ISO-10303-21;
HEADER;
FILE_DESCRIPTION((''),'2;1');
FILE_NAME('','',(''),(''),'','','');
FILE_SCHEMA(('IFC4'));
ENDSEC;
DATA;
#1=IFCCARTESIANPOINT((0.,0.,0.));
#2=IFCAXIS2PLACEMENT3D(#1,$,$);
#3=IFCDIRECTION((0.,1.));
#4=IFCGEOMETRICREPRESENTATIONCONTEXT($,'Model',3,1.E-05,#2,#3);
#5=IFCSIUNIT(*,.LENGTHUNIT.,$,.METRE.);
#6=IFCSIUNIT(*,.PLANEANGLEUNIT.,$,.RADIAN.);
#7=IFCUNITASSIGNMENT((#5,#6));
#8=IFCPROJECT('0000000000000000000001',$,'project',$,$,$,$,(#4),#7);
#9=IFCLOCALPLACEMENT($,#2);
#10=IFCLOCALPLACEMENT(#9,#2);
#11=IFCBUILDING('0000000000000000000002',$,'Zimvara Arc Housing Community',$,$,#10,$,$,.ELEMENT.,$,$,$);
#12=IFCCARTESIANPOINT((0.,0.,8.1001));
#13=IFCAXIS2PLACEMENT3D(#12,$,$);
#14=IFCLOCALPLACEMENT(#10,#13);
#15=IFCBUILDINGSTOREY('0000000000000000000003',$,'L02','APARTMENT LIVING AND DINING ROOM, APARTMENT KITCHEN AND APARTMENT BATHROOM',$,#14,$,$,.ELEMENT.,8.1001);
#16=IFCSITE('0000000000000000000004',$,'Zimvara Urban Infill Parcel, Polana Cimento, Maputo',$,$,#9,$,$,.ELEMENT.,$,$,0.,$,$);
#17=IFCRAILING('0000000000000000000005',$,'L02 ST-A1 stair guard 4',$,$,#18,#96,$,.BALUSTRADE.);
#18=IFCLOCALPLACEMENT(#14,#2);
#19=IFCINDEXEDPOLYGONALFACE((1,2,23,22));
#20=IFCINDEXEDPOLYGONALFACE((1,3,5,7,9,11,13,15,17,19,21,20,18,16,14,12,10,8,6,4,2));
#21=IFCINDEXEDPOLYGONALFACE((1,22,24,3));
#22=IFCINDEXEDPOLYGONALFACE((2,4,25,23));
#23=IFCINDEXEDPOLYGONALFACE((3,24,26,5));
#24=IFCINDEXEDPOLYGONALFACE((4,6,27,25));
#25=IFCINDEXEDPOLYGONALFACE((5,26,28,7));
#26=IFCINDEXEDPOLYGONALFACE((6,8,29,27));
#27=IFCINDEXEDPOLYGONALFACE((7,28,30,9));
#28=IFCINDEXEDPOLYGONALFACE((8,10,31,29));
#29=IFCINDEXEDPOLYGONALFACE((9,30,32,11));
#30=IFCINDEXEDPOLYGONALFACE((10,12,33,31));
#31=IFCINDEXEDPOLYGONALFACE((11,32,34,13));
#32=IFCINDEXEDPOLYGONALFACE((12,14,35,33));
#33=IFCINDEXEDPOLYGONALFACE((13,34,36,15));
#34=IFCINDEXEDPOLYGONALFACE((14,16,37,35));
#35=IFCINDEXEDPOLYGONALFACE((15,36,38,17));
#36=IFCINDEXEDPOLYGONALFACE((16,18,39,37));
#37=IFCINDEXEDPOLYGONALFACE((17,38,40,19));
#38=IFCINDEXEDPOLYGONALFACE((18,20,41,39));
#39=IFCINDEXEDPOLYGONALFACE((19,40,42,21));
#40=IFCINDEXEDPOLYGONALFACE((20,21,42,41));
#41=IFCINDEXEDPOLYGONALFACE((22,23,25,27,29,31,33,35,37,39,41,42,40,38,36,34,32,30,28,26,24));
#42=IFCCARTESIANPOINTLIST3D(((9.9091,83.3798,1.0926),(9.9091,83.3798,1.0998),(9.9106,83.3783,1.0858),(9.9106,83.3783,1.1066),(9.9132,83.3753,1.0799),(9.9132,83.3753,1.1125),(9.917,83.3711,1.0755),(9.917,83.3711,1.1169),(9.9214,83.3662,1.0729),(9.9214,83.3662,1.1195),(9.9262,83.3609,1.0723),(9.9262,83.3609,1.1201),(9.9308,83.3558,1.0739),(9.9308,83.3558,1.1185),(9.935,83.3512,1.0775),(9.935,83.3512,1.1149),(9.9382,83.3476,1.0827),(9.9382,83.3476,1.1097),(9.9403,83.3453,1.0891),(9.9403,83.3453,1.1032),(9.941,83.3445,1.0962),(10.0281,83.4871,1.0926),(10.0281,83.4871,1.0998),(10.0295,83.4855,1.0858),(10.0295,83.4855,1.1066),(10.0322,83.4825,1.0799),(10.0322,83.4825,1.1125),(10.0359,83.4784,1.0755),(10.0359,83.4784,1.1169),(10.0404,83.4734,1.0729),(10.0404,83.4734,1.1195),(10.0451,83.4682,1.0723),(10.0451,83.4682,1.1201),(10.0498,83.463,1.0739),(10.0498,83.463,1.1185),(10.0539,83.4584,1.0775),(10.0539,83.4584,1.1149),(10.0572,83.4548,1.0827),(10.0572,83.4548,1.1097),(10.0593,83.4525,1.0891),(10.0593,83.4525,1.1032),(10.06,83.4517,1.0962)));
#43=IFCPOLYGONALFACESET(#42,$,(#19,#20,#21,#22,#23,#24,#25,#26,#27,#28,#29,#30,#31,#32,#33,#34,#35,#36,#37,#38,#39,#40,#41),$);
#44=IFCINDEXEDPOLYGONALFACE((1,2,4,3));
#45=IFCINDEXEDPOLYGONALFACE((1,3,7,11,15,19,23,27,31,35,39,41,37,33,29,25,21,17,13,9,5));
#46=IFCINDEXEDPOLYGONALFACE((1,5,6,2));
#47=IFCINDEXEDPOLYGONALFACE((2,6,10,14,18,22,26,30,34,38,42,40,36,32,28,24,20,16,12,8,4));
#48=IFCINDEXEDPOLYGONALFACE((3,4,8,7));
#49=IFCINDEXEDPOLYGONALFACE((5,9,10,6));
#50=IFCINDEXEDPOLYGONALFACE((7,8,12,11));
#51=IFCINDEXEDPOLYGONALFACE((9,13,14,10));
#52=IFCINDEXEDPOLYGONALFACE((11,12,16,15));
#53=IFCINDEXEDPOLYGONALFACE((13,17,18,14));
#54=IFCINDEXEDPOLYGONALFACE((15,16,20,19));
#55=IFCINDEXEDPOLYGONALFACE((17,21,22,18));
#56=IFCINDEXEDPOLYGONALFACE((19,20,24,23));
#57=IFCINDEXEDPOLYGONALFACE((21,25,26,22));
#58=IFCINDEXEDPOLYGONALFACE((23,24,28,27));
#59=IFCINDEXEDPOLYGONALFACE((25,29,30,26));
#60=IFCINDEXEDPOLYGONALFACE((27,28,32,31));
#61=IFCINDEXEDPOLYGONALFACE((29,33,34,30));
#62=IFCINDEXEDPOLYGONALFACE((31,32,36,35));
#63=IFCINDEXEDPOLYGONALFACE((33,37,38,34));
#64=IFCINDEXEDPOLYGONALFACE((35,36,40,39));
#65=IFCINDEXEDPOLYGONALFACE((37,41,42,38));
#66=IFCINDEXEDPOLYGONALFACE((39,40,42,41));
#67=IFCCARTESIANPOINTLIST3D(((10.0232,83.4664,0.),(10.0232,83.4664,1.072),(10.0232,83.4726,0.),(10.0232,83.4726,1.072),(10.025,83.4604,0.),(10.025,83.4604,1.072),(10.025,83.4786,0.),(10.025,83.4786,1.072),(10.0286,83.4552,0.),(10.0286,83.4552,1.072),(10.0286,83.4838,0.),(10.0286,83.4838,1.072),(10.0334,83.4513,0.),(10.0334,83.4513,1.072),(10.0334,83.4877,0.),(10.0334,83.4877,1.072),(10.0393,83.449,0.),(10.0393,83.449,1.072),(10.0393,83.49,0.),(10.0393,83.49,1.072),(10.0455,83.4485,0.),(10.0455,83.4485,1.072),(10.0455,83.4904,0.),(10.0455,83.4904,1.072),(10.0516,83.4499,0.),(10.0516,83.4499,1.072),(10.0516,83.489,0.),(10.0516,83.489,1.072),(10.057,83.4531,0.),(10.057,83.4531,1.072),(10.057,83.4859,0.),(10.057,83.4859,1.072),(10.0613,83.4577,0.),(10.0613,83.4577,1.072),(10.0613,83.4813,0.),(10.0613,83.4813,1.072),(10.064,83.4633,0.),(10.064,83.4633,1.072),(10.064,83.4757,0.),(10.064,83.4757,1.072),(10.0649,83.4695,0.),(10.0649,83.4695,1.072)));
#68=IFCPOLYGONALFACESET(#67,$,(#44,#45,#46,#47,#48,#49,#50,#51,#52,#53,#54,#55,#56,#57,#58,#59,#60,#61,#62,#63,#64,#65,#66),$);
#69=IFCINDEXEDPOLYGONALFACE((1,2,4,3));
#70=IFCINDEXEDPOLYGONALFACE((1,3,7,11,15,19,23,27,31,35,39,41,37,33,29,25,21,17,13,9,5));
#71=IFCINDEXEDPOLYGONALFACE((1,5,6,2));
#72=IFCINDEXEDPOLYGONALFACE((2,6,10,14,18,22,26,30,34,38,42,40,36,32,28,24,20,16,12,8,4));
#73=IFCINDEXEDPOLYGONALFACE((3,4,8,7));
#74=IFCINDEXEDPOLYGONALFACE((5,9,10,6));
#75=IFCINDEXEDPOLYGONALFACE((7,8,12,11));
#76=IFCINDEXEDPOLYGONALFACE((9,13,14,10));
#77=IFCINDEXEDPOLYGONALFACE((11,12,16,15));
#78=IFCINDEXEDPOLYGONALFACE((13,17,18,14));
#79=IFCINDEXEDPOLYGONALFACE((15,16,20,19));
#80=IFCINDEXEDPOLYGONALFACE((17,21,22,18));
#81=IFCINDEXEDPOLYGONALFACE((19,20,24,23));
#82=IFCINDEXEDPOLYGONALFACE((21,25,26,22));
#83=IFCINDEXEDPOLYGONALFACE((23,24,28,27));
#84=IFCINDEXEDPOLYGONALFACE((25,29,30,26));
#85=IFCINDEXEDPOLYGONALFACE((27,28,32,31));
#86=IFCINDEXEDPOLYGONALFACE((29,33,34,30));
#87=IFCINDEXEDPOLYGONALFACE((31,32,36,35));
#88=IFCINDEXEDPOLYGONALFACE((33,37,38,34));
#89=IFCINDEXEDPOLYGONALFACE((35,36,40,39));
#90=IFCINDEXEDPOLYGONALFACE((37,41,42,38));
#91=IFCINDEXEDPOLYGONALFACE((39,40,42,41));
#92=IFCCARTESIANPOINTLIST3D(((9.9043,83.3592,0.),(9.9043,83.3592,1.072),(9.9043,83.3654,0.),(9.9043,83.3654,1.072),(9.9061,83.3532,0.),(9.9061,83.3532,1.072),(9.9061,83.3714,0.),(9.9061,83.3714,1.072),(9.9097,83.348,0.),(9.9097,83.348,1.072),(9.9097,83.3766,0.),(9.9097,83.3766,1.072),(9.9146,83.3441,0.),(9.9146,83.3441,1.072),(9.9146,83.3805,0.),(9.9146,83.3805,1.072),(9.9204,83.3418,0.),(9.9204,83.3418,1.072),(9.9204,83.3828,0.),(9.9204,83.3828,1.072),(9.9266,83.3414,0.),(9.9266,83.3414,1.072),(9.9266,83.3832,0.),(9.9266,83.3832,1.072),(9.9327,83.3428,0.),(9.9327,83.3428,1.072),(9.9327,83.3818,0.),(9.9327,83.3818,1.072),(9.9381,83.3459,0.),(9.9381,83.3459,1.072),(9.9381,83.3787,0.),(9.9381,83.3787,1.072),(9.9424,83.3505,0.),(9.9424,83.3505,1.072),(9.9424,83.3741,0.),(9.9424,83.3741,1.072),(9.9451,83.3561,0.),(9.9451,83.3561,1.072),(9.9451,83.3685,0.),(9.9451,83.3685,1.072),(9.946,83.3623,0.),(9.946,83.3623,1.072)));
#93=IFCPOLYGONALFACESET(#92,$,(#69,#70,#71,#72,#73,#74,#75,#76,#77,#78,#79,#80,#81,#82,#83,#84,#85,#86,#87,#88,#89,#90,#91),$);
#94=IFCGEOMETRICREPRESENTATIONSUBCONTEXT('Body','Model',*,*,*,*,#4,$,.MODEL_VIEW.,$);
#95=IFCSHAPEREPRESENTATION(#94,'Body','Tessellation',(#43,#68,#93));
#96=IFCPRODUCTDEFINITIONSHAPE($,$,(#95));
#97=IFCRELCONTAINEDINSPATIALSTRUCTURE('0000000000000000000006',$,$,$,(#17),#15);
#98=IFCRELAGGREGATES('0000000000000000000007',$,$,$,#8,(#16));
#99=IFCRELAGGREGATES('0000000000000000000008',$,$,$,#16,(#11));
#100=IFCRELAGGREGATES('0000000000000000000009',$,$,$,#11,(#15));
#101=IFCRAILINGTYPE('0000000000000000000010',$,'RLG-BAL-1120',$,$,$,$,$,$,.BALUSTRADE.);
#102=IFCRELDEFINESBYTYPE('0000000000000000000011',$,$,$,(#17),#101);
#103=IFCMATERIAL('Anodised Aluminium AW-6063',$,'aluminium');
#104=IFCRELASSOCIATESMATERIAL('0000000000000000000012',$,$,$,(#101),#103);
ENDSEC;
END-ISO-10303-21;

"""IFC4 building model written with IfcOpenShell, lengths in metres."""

from ifc_helpers import new_model, si_unit, direction, frame, origin, origin_2d, place, context, subcontext, project, spatial, circle, extrude, material, type_object, element, save


model = new_model("IFC4")

# Units and contexts
model_context = context("Model", 3, precision=1e-05, world=origin(), true_north=direction((0.0, 1.0)))
body_context = subcontext(model_context, "Body", "Model", "MODEL_VIEW")
ifc_project = project(units=[si_unit("LENGTHUNIT", "METRE"), si_unit("PLANEANGLEUNIT", "RADIAN")], contexts=[model_context])

# Site, building, storey
site_placement = place(None, origin())
site = spatial("IfcSite", under=ifc_project, at=site_placement, Name="Zimvara Urban Infill Parcel, Polana Cimento, Maputo", CompositionType="ELEMENT", RefElevation=0.0)
building_placement = place(site_placement, origin())
building = spatial("IfcBuilding", under=site, at=building_placement, Name="Zimvara Arc Housing Community", CompositionType="ELEMENT")
storey_placement = place(building_placement, frame((0.0, 0.0, 8.1001)))
storey = spatial("IfcBuildingStorey", under=building, at=storey_placement, Name="L02", Description="APARTMENT LIVING AND DINING ROOM, APARTMENT KITCHEN AND APARTMENT BATHROOM", CompositionType="ELEMENT", Elevation=8.1001)

# Railing
ifc_material_1 = material(Name="Anodised Aluminium AW-6063", Category="aluminium")
railing_type_1 = type_object("IfcRailingType", Name="RLG-BAL-1120", PredefinedType="BALUSTRADE", material=ifc_material_1)
railing_1_placement = place(storey_placement, frame((10.0439, 83.4695, 0.0)))
element("IfcRailing", 1, at=railing_1_placement, inside=storey, type_object=railing_type_1, Name="L02 ST-A1 stair guard 4", PredefinedType="BALUSTRADE", context=body_context, shape_type="SweptSolid", body=[
    extrude(circle(Radius=0.0239, at=origin_2d()), frame((0.0, 0.0, 1.0962), z_axis=(-0.742763, -0.669554, 0.0), x_axis=(0.669554, -0.742763, 0.0)), (0.0, 0.0, 1.0), 0.1602),
    extrude(circle(Radius=0.021, at=origin_2d()), origin(), (0.0, 0.0, 1.0), 1.072),
    extrude(circle(Radius=0.021, at=origin_2d()), frame((-0.1189, -0.1072, 0.0)), (0.0, 0.0, 1.0), 1.072),
])

save(model, "model.ifc")
